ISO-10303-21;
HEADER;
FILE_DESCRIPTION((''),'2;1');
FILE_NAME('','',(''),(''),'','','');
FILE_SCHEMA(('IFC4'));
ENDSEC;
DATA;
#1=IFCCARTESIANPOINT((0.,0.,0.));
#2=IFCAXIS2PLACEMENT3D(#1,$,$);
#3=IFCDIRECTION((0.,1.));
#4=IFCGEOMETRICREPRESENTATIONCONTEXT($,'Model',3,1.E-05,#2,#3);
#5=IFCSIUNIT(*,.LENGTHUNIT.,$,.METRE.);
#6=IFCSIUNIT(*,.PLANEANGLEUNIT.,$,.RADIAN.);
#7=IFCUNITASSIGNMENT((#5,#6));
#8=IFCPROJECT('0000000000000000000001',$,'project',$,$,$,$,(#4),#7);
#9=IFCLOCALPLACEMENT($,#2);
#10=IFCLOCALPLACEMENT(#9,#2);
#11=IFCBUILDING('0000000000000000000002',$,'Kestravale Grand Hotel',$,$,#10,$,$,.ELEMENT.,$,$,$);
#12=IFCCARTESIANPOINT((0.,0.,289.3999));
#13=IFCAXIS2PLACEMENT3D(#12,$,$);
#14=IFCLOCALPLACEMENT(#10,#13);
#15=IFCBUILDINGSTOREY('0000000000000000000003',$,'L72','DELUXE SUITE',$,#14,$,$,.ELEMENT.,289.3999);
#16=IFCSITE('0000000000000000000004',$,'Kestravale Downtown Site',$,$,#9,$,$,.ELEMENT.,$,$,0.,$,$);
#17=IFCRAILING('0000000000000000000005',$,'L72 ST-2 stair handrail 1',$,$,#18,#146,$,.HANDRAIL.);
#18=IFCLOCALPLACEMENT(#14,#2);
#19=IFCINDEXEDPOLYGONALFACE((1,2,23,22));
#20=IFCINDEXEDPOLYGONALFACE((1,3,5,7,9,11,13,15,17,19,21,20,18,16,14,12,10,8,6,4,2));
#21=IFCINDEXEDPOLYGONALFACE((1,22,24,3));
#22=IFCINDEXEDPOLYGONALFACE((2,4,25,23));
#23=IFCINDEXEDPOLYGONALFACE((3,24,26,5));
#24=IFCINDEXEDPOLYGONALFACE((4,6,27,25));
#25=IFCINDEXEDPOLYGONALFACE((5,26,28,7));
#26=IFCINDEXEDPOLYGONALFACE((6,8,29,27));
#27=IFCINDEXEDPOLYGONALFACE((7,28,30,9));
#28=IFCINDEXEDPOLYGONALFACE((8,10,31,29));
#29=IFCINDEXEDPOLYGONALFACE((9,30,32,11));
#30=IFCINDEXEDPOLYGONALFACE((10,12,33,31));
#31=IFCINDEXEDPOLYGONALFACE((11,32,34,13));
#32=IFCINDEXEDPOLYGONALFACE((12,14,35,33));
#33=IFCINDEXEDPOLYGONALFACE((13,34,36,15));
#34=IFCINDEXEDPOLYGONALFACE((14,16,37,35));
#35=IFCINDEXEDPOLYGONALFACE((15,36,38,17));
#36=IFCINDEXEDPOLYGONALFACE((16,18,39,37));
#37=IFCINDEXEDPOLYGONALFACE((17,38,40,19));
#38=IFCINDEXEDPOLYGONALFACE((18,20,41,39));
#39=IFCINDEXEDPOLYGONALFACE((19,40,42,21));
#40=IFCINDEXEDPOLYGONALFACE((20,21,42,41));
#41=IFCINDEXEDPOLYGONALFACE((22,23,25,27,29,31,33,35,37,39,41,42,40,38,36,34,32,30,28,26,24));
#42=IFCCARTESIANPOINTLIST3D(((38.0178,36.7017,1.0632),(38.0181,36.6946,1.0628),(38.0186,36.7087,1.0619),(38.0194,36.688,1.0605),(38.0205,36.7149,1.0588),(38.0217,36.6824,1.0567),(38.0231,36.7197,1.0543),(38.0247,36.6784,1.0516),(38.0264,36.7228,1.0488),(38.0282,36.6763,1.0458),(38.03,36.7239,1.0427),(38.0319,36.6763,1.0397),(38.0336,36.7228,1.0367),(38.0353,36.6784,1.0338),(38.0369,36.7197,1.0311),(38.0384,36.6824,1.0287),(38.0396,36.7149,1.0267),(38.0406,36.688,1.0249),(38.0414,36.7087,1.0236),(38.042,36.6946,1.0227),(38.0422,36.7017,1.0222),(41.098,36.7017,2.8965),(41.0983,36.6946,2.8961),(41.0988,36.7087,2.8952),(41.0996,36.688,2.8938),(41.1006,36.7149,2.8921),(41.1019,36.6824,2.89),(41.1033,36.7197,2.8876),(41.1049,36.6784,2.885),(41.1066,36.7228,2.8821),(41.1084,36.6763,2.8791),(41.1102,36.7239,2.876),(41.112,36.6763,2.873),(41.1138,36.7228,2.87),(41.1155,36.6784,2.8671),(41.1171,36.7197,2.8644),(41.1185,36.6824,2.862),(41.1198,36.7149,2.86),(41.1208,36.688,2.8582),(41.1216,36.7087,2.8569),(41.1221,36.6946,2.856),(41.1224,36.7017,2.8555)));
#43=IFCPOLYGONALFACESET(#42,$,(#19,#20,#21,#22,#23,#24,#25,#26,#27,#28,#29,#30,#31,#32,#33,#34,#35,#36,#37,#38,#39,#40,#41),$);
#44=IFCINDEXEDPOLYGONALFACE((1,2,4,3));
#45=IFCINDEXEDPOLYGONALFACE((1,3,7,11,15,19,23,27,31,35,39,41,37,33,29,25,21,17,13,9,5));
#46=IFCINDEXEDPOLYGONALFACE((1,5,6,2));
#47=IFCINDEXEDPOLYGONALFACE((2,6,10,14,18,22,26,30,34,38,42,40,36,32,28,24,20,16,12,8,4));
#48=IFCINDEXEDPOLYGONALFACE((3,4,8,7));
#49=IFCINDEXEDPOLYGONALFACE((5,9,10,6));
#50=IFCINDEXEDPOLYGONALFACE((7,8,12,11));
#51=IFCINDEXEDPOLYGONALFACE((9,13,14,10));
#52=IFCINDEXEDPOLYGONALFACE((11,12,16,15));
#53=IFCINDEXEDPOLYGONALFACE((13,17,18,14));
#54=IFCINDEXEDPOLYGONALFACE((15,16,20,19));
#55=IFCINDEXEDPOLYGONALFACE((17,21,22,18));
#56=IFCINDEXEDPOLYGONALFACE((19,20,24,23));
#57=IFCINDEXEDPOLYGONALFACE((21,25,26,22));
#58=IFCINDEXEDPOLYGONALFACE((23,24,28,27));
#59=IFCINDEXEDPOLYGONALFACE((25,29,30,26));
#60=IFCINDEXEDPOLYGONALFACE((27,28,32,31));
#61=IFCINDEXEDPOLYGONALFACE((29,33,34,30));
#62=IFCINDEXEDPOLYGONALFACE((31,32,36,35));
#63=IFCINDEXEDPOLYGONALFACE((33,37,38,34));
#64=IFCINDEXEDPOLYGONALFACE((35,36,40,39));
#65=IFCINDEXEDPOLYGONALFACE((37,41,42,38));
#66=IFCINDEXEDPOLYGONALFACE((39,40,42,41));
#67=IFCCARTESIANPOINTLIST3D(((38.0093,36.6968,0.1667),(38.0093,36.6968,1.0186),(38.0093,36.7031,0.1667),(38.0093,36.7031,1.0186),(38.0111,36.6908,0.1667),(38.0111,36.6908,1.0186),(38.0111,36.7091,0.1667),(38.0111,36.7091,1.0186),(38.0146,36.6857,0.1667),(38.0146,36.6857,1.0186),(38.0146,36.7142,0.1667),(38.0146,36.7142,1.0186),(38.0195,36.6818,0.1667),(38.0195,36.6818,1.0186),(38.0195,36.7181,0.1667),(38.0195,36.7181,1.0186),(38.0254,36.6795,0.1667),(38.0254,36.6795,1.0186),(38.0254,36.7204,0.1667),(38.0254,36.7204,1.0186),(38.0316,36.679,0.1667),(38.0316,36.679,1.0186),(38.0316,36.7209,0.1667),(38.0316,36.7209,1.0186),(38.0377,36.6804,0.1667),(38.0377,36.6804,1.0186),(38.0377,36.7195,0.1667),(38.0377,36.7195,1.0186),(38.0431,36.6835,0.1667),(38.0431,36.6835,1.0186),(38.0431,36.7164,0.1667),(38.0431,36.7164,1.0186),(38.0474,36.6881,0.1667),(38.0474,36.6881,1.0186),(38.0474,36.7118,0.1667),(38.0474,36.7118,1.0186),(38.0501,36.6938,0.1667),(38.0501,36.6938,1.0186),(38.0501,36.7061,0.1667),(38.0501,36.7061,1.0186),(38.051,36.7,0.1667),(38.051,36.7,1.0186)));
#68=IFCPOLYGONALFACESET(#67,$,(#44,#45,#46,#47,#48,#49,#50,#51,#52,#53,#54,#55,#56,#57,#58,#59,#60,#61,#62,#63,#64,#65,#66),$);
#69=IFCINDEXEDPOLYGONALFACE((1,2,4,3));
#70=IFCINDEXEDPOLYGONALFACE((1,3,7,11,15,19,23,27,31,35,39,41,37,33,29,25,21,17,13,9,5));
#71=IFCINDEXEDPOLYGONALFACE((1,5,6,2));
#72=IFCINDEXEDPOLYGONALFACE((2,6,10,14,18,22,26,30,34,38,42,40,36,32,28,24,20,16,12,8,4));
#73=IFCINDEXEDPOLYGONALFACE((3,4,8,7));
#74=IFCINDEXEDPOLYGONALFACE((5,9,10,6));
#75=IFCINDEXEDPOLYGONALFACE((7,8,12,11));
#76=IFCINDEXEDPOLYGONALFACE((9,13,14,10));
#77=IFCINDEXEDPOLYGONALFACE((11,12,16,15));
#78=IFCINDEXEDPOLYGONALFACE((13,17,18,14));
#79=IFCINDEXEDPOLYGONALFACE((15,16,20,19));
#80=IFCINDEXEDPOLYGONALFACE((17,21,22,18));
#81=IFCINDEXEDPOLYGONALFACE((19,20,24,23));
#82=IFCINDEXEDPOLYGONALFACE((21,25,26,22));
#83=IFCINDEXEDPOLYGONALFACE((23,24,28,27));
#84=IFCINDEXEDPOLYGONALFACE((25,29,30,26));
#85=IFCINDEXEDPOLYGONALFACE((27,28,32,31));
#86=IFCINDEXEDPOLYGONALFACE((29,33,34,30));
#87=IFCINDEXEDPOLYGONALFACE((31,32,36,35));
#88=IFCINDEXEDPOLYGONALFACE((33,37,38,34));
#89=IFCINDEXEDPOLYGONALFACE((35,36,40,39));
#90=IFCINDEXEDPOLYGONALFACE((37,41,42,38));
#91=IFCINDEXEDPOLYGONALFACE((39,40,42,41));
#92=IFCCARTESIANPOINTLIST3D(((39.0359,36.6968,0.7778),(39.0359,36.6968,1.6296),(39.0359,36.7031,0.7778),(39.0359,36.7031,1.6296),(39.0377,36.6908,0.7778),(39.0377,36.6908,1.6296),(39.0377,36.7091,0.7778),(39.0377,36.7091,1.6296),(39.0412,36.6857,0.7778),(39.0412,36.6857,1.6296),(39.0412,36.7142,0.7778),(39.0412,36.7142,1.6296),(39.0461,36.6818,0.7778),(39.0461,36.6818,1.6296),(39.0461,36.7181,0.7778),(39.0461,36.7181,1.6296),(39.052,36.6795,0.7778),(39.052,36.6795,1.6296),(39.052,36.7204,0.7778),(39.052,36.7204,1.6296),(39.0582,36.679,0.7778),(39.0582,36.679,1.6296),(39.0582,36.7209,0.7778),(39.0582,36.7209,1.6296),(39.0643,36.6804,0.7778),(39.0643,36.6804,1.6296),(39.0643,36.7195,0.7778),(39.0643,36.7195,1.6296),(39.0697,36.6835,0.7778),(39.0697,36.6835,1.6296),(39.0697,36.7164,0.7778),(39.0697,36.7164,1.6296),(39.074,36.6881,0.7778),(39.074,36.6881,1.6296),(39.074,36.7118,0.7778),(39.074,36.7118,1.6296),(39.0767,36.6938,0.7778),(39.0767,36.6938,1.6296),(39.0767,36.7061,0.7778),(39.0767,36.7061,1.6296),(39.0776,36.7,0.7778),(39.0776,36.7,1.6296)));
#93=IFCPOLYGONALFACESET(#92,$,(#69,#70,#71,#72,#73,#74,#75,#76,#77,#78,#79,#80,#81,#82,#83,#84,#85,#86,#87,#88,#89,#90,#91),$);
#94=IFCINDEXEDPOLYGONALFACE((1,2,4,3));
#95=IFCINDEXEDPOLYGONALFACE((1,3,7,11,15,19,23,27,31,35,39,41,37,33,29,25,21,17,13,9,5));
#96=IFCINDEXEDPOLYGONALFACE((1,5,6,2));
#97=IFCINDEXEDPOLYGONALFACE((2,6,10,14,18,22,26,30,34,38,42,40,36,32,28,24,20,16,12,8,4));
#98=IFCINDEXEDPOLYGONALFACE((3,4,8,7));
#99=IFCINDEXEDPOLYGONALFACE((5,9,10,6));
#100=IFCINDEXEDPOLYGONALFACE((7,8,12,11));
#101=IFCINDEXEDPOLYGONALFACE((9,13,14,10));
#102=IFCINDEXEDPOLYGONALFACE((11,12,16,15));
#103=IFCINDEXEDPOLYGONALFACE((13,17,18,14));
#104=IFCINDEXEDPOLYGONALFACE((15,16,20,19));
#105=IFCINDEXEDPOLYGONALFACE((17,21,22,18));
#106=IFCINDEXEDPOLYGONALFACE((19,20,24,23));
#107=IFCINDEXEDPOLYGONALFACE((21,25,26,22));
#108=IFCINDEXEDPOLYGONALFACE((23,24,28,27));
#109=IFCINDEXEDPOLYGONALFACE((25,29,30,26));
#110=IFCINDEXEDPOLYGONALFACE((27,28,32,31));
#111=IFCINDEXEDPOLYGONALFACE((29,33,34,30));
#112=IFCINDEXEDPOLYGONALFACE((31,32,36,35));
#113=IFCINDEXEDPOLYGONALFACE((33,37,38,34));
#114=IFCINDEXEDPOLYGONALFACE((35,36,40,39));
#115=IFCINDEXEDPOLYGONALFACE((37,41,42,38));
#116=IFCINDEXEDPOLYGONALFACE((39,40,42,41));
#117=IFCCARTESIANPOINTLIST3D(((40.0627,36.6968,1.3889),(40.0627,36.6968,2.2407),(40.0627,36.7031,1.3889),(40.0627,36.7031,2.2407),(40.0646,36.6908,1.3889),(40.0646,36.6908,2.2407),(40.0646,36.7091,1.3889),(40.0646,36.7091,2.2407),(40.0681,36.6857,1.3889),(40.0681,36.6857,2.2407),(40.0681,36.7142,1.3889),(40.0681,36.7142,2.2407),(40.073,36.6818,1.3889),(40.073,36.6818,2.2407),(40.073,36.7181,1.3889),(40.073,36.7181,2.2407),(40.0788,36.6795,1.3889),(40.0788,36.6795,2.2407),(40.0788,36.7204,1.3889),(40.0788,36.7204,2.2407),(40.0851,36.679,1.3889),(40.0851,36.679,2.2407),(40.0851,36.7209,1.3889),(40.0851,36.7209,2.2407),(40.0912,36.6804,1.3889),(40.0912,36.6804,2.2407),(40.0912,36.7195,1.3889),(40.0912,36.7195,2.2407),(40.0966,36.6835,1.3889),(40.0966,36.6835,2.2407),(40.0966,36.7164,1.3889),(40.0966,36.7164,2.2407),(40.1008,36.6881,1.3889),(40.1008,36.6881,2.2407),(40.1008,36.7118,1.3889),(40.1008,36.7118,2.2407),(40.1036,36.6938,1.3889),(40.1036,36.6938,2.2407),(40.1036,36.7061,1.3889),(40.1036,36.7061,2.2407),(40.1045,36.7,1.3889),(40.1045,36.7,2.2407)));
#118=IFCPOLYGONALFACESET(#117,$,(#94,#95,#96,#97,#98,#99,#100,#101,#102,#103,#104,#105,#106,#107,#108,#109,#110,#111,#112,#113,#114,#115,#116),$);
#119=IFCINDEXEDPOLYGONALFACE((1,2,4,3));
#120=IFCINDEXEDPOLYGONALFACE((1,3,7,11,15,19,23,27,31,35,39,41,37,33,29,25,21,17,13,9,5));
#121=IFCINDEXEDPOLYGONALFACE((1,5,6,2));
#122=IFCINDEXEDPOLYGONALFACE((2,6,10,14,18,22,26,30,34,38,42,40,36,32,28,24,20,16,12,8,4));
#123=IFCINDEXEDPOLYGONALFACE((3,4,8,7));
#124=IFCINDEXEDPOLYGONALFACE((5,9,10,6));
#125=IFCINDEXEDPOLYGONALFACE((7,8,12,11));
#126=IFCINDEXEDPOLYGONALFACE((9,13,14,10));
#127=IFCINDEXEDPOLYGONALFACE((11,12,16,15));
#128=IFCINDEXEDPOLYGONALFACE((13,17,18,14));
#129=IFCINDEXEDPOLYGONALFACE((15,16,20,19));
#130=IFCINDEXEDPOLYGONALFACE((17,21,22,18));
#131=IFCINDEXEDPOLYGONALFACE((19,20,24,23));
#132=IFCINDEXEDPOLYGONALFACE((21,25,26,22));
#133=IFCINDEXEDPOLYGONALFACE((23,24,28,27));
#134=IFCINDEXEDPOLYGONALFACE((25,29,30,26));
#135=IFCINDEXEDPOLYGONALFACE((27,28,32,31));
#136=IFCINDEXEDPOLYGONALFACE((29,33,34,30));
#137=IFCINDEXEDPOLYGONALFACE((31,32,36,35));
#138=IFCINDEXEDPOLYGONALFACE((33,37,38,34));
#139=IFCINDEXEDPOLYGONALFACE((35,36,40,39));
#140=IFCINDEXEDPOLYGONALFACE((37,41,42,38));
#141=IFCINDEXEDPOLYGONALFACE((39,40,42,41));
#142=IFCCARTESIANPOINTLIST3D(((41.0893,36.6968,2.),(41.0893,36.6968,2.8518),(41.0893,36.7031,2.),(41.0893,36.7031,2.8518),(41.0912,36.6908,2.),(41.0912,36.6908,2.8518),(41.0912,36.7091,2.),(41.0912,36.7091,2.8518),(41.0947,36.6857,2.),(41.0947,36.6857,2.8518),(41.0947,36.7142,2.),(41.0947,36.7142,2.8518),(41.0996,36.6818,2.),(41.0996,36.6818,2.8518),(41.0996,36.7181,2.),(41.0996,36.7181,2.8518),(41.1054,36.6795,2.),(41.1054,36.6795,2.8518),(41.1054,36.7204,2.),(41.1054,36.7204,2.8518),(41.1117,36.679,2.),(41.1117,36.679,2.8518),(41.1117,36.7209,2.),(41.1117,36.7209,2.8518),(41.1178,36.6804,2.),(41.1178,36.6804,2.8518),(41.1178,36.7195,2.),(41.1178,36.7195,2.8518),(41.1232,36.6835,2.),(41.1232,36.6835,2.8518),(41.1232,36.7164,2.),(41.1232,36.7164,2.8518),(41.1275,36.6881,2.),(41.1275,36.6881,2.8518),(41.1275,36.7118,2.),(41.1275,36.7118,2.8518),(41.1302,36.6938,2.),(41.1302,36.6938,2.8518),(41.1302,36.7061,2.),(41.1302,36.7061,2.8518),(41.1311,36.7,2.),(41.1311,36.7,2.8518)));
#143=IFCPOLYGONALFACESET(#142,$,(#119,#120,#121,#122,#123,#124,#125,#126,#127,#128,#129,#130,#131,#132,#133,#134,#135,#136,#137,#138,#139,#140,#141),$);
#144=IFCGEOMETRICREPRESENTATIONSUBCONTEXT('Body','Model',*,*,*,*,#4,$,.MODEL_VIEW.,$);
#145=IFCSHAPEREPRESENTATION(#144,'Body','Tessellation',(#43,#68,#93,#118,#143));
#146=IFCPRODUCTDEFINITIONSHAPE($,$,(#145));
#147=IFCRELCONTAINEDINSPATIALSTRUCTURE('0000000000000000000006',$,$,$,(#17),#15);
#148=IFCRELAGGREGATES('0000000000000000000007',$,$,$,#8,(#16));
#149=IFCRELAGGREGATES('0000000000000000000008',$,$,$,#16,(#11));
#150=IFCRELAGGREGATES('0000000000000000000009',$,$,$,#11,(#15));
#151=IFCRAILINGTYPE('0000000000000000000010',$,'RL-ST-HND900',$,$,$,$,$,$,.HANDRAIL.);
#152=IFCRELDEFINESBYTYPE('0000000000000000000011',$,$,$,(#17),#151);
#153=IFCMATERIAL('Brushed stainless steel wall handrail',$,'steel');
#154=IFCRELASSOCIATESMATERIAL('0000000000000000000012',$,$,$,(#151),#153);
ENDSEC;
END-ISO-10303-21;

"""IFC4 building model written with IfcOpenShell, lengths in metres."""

from ifc_helpers import new_model, si_unit, direction, frame, origin, origin_2d, place, context, subcontext, project, spatial, circle, extrude, material, type_object, element, save


model = new_model("IFC4")

# Units and contexts
model_context = context("Model", 3, precision=1e-05, world=origin(), true_north=direction((0.0, 1.0)))
body_context = subcontext(model_context, "Body", "Model", "MODEL_VIEW")
ifc_project = project(units=[si_unit("LENGTHUNIT", "METRE"), si_unit("PLANEANGLEUNIT", "RADIAN")], contexts=[model_context])

# Site, building, storey
site_placement = place(None, origin())
site = spatial("IfcSite", under=ifc_project, at=site_placement, Name="Kestravale Downtown Site", CompositionType="ELEMENT", RefElevation=0.0)
building_placement = place(site_placement, origin())
building = spatial("IfcBuilding", under=site, at=building_placement, Name="Kestravale Grand Hotel", CompositionType="ELEMENT")
storey_placement = place(building_placement, frame((0.0, 0.0, 289.3999)))
storey = spatial("IfcBuildingStorey", under=building, at=storey_placement, Name="L72", Description="DELUXE SUITE", CompositionType="ELEMENT", Elevation=289.3999)

# Railing
ifc_material_1 = material(Name="Brushed stainless steel wall handrail", Category="steel")
railing_type_1 = type_object("IfcRailingType", Name="RL-ST-HND900", PredefinedType="HANDRAIL", material=ifc_material_1)
railing_1_placement = place(storey_placement, frame((38.03, 36.7, 0.1667)))
element("IfcRailing", 1, at=railing_1_placement, inside=storey, type_object=railing_type_1, Name="L72 ST-2 stair handrail 1", PredefinedType="HANDRAIL", context=body_context, shape_type="SweptSolid", body=[
    extrude(circle(Radius=0.0239, at=origin_2d()), frame((0.0, 0.0, 0.876), z_axis=(0.859309, 0.0, 0.511458), x_axis=(0.0, 1.0, 0.0)), (0.0, 0.0, 1.0), 3.5845),
    extrude(circle(Radius=0.021, at=origin_2d()), origin(), (0.0, 0.0, 1.0), 0.8518),
    extrude(circle(Radius=0.021, at=origin_2d()), frame((1.0266, 0.0, 0.6111)), (0.0, 0.0, 1.0), 0.8518),
    extrude(circle(Radius=0.021, at=origin_2d()), frame((2.0535, 0.0, 1.2222)), (0.0, 0.0, 1.0), 0.8518),
    extrude(circle(Radius=0.021, at=origin_2d()), frame((3.0801, 0.0, 1.8333)), (0.0, 0.0, 1.0), 0.8518),
])

save(model, "model.ifc")
